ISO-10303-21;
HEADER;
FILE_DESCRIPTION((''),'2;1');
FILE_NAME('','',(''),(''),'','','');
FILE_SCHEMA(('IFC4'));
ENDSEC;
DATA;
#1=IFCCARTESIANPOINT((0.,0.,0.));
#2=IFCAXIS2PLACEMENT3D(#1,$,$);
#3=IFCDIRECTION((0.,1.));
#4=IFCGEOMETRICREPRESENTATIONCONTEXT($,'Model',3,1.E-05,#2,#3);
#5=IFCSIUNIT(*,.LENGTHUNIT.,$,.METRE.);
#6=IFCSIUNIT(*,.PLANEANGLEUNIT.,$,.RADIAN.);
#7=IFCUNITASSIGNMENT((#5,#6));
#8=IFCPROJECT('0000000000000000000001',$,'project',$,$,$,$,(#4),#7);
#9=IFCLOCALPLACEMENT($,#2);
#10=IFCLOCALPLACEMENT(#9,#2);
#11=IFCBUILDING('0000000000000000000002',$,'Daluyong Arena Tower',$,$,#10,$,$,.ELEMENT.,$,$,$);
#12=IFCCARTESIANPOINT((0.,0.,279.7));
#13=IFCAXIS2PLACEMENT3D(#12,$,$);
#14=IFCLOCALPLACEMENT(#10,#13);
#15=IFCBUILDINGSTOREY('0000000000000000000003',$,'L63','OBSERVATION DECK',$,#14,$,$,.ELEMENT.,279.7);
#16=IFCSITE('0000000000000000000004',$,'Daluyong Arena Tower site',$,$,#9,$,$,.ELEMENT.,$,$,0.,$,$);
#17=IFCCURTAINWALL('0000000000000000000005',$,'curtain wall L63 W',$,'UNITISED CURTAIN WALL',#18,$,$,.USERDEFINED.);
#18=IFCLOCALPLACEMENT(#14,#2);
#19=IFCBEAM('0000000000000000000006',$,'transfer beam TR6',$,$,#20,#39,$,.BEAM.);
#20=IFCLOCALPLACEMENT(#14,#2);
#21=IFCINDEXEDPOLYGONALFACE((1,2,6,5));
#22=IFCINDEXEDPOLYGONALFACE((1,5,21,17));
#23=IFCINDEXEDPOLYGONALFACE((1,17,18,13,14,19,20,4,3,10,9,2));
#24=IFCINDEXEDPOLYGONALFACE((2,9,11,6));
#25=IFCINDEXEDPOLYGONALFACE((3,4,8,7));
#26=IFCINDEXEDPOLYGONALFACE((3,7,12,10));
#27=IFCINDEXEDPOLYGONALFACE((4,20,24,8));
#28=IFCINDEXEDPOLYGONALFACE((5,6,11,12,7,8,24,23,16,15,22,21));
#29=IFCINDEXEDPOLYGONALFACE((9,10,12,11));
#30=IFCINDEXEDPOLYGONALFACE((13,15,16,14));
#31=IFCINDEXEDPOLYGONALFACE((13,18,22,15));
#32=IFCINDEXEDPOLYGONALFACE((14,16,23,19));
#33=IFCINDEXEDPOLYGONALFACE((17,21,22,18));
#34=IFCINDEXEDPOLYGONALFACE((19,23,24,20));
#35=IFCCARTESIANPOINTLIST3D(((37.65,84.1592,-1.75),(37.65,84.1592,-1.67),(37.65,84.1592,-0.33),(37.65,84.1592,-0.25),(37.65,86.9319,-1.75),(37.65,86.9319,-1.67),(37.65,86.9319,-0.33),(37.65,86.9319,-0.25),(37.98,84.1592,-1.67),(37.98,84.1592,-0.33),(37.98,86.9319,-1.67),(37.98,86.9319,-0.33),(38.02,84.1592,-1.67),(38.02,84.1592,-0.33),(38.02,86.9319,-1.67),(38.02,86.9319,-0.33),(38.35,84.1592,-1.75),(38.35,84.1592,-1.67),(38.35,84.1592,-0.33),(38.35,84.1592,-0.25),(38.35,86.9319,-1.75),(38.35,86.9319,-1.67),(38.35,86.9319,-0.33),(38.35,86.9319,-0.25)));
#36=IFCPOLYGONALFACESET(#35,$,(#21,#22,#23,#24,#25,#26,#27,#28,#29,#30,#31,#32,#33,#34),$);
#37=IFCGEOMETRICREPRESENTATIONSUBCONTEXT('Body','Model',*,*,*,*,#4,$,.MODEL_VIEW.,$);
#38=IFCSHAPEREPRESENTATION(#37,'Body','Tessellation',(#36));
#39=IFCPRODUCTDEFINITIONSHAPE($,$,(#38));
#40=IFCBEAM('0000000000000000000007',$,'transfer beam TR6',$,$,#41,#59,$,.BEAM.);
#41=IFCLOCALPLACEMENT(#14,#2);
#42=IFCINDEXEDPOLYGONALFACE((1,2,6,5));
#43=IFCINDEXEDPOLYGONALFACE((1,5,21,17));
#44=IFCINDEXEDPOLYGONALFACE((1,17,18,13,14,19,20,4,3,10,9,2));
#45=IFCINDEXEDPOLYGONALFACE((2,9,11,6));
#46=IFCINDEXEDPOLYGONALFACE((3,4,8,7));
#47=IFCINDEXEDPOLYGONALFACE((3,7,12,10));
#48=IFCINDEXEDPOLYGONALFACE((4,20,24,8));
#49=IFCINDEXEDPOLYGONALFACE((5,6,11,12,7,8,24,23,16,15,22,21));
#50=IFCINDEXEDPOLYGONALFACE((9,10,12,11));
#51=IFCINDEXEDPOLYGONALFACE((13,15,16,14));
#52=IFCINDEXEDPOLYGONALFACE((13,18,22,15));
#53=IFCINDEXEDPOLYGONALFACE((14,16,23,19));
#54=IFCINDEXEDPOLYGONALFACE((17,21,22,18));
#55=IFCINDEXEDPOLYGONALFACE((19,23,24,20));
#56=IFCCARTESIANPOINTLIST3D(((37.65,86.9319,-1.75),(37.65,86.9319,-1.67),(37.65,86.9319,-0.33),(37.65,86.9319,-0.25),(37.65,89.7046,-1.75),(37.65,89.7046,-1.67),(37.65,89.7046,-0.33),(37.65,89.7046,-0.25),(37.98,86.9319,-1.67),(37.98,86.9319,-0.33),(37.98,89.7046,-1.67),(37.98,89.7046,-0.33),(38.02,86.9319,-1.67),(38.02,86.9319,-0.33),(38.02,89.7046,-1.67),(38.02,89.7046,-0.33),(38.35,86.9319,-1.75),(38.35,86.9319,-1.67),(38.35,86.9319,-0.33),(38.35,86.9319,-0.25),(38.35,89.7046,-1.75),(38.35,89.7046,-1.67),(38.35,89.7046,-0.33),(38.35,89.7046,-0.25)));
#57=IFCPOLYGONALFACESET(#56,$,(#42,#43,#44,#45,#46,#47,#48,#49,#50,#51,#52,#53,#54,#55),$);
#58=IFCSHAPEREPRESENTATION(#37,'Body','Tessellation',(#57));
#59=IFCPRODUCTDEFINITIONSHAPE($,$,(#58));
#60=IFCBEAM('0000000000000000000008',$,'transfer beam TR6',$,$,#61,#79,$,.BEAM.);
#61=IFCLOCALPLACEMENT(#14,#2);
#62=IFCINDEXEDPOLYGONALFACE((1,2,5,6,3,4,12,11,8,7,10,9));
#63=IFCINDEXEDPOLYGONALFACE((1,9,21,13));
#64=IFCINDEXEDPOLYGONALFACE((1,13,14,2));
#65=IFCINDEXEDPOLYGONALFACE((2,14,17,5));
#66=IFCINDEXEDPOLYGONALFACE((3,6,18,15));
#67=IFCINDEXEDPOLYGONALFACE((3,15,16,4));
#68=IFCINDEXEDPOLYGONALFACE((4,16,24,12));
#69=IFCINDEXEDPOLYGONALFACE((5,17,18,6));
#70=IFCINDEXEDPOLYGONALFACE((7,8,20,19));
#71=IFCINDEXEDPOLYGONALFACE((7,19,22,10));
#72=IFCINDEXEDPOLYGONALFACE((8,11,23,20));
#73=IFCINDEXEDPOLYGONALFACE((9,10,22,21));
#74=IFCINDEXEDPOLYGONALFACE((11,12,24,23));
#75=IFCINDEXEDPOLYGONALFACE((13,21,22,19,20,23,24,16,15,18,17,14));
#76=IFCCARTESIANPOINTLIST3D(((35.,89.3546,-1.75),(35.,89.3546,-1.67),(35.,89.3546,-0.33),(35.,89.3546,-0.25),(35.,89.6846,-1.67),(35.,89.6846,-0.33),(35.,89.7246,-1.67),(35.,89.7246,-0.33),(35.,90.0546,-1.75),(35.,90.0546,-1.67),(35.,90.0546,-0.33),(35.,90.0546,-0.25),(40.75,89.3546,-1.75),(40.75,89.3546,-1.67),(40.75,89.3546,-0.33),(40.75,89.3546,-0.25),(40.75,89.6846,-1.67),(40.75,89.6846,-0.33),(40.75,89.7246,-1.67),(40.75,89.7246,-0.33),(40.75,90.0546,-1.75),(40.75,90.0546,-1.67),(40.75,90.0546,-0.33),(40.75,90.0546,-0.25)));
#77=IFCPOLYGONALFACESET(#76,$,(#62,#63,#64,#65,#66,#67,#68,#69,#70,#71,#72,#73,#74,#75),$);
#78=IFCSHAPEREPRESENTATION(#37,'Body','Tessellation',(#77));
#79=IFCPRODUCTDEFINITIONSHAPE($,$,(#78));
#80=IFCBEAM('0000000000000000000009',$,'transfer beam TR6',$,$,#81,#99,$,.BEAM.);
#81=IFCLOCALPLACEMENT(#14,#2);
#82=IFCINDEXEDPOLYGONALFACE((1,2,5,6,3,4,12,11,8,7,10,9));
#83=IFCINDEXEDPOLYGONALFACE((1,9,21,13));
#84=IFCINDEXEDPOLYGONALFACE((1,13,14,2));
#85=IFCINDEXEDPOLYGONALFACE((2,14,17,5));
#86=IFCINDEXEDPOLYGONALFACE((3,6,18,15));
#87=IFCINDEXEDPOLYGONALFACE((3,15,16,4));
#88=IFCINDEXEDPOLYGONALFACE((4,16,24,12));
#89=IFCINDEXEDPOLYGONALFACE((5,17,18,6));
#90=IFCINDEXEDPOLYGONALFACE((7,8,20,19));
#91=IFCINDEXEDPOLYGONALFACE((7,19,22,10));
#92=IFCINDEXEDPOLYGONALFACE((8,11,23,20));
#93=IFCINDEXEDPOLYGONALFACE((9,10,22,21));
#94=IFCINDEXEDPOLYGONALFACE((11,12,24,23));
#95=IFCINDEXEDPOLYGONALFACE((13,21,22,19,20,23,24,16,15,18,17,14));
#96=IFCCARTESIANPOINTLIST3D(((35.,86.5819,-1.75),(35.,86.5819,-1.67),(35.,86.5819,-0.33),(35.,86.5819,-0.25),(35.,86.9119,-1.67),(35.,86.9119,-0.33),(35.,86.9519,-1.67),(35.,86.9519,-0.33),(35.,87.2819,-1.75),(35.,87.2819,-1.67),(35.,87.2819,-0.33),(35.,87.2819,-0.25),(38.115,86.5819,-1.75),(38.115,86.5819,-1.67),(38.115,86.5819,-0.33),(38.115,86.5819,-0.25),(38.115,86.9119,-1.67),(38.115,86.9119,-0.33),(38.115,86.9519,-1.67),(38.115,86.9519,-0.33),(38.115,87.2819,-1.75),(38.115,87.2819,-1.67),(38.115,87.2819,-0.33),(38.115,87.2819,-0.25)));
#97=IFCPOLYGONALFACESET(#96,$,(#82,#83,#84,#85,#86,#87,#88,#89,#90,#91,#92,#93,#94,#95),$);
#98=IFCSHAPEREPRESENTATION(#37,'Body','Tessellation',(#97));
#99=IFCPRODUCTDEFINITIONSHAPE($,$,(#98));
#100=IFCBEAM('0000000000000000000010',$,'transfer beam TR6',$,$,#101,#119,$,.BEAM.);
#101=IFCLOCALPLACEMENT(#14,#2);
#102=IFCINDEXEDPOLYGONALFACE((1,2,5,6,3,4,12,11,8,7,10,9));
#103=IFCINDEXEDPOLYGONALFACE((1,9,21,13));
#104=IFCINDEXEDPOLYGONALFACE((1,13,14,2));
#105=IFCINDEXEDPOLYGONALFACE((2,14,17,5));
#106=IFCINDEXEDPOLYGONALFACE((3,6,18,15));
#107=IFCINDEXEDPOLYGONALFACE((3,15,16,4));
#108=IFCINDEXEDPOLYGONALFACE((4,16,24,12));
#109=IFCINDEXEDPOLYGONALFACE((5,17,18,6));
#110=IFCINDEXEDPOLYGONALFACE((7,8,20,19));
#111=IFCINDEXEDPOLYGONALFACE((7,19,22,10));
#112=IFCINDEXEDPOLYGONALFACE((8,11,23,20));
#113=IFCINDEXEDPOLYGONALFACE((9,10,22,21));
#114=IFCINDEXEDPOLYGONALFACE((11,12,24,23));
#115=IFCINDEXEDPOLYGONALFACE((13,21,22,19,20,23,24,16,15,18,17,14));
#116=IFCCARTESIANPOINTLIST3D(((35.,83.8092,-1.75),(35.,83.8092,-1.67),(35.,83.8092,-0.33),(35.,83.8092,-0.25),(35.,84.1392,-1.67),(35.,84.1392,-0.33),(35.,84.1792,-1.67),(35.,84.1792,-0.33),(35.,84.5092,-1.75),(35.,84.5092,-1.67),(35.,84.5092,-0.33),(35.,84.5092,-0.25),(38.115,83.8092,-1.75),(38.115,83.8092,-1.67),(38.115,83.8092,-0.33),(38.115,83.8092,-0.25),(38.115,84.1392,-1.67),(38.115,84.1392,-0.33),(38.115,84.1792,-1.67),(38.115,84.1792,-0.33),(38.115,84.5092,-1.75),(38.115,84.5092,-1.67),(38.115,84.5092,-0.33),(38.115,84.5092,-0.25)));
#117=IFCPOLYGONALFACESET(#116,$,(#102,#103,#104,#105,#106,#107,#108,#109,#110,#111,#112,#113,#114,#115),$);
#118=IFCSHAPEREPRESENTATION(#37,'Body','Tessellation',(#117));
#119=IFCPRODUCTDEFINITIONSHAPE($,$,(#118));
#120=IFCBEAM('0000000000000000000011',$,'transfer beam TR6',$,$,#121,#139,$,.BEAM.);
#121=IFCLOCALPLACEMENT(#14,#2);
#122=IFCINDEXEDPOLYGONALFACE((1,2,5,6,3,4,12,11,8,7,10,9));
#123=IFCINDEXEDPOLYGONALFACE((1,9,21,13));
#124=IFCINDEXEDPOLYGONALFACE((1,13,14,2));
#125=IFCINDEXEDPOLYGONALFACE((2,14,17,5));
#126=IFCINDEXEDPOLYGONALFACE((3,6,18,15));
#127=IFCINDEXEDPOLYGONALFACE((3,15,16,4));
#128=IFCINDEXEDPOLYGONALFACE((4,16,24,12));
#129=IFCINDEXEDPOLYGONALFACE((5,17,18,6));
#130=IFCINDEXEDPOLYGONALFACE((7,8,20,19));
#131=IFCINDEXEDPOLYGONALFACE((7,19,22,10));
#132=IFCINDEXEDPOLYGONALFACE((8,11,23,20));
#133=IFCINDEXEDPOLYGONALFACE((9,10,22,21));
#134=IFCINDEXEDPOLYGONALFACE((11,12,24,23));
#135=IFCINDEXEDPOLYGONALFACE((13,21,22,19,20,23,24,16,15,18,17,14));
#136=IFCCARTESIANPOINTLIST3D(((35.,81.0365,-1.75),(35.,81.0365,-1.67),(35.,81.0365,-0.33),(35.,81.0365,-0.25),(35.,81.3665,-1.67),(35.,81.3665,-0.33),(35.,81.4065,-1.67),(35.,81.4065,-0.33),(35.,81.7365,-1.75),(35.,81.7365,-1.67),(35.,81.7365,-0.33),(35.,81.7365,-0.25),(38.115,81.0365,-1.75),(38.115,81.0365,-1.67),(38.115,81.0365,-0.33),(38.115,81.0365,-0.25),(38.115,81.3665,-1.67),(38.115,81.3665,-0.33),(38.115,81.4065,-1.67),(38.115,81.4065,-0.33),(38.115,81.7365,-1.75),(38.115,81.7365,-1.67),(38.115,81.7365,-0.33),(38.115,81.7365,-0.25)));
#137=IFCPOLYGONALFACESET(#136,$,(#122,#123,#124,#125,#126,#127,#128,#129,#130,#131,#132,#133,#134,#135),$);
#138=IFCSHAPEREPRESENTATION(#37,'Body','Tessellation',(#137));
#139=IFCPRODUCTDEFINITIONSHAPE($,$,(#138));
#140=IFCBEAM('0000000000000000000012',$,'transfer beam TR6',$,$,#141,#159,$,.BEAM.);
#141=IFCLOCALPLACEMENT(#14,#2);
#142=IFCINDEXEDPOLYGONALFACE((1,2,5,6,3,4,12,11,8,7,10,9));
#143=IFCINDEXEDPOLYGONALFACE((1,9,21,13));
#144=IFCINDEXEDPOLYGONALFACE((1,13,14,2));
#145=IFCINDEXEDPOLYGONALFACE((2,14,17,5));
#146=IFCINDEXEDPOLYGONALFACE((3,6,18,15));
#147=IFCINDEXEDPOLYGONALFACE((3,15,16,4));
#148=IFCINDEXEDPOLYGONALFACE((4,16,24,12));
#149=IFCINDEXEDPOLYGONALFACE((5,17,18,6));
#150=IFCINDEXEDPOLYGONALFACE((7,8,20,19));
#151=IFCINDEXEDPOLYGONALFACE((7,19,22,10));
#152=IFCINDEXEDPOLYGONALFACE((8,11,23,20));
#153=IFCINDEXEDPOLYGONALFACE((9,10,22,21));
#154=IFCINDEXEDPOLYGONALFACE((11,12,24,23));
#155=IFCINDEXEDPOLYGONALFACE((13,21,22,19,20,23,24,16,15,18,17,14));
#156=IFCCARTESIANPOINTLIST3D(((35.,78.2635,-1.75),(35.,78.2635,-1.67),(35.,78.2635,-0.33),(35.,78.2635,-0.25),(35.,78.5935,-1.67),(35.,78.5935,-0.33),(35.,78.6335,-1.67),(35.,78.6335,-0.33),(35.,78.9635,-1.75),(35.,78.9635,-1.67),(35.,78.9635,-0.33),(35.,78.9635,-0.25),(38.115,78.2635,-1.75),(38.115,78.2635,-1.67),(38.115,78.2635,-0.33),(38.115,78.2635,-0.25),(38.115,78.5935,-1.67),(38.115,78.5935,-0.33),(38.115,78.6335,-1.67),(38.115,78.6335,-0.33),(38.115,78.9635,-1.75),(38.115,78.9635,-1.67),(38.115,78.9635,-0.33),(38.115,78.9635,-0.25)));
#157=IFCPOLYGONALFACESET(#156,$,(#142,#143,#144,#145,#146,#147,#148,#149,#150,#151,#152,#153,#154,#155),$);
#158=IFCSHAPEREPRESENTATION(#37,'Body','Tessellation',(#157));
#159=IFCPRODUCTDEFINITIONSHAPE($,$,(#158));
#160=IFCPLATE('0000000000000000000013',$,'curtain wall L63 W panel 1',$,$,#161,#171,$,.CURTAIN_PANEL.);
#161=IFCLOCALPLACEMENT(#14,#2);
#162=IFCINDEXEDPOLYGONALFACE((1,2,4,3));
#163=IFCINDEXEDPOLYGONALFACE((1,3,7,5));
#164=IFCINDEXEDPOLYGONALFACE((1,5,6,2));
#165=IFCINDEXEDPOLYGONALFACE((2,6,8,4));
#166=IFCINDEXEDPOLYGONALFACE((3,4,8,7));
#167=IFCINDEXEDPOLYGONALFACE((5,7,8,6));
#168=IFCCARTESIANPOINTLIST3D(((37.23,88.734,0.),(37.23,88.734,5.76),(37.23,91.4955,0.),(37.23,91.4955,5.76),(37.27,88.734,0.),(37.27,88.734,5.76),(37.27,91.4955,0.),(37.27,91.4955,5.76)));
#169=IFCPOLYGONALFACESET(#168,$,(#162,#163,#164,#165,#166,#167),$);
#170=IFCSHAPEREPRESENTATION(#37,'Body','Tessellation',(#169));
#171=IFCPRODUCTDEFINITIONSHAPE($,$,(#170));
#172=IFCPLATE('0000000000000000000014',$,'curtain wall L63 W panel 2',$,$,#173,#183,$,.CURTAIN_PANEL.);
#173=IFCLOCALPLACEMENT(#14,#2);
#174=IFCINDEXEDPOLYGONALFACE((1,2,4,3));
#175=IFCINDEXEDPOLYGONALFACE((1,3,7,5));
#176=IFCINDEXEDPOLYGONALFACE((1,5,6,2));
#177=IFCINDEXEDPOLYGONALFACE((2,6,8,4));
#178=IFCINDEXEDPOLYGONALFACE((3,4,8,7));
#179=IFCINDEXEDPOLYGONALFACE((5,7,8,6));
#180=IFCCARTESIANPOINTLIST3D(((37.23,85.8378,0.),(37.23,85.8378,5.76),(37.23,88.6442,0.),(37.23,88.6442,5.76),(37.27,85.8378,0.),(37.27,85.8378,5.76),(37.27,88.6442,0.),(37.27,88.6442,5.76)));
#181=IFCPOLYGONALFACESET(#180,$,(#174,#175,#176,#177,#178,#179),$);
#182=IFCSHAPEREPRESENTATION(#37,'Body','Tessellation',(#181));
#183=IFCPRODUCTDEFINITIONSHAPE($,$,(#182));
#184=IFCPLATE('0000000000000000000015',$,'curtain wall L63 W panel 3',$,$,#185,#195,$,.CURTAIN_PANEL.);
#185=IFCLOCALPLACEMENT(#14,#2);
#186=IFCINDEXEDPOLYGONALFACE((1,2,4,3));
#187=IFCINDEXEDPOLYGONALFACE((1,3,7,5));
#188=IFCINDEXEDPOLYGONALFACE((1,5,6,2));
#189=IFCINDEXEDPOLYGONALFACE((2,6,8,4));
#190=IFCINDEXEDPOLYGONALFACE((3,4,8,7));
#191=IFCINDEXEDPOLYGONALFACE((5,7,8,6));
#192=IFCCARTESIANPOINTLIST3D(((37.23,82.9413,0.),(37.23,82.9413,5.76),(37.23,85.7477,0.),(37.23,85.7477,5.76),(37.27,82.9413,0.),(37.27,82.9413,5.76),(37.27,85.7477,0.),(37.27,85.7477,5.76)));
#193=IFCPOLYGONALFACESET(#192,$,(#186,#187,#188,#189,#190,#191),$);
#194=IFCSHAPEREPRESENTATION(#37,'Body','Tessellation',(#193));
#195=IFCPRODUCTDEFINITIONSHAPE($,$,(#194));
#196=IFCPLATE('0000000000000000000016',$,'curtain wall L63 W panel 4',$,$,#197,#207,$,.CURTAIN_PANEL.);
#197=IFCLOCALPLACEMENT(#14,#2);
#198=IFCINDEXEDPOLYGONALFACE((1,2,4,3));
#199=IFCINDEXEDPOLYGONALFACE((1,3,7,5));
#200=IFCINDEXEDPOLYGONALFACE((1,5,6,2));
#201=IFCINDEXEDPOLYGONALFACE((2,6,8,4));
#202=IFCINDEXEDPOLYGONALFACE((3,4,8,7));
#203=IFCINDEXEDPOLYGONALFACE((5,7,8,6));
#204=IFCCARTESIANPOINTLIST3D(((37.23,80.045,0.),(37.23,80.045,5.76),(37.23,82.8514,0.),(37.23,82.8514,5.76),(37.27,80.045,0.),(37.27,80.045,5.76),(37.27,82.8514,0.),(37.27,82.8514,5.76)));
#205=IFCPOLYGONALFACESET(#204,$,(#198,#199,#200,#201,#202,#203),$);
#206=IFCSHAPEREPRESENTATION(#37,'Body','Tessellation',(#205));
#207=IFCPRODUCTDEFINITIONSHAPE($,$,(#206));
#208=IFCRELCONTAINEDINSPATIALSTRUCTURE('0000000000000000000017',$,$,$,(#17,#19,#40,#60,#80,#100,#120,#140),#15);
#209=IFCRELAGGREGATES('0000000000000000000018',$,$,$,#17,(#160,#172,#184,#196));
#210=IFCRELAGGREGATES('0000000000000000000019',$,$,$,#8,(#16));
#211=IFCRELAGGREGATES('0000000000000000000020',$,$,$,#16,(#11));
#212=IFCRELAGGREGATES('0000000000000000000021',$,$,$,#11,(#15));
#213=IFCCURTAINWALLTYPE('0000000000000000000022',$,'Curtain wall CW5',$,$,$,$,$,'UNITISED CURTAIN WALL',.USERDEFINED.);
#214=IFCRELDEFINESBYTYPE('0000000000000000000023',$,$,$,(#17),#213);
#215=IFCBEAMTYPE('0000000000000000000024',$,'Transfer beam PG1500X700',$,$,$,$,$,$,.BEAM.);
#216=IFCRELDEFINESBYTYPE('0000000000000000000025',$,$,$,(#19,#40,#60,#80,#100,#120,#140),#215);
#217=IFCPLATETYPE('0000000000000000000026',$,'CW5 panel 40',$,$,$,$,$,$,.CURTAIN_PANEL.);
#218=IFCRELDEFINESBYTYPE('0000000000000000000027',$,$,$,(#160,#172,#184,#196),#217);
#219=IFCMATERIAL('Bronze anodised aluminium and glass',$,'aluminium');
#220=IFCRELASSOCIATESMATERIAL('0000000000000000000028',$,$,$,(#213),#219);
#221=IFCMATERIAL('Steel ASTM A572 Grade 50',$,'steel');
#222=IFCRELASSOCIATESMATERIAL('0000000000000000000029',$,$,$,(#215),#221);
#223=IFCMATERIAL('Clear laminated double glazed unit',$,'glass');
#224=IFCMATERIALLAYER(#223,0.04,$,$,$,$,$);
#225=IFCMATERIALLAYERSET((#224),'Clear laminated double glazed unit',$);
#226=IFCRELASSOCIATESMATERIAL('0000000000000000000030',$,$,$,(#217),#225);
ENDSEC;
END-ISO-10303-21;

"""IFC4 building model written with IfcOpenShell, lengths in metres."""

from ifc_helpers import new_model, si_unit, direction, frame, origin, origin_2d, place, context, subcontext, project, spatial, rectangle, i_section, extrude, material, layer, layer_set, material_profile, profile_set, type_object, element, aggregate, save


model = new_model("IFC4")

# Units and contexts
model_context = context("Model", 3, precision=1e-05, world=origin(), true_north=direction((0.0, 1.0)))
body_context = subcontext(model_context, "Body", "Model", "MODEL_VIEW")
ifc_project = project(units=[si_unit("LENGTHUNIT", "METRE"), si_unit("PLANEANGLEUNIT", "RADIAN")], contexts=[model_context])

# Site, building, storey
site_placement = place(None, origin())
site = spatial("IfcSite", under=ifc_project, at=site_placement, Name="Daluyong Arena Tower site", CompositionType="ELEMENT", RefElevation=0.0)
building_placement = place(site_placement, origin())
building = spatial("IfcBuilding", under=site, at=building_placement, Name="Daluyong Arena Tower", CompositionType="ELEMENT")
storey_placement = place(building_placement, frame((0.0, 0.0, 279.7)))
storey = spatial("IfcBuildingStorey", under=building, at=storey_placement, Name="L63", Description="OBSERVATION DECK", CompositionType="ELEMENT", Elevation=279.7)

# Curtain wall
ifc_material_1 = material(Name="Bronze anodised aluminium and glass", Category="aluminium")
curtain_wall_type = type_object("IfcCurtainWallType", Name="Curtain wall CW5", ElementType="UNITISED CURTAIN WALL", PredefinedType="USERDEFINED", material=ifc_material_1)
curtain_wall_placement = place(storey_placement, origin())
curtain_wall = element("IfcCurtainWall", 1, at=curtain_wall_placement, inside=storey, type_object=curtain_wall_type, Name="curtain wall L63 W", ObjectType="UNITISED CURTAIN WALL", PredefinedType="USERDEFINED")

# Beams
ifc_material_2 = material(Name="Steel ASTM A572 Grade 50", Category="steel")
ifc_material_profile_1 = material_profile(ifc_material_2, i_section(OverallWidth=0.7, OverallDepth=1.5, WebThickness=0.04, FlangeThickness=0.08, at=origin_2d()))
ifc_profile_set_1 = profile_set([ifc_material_profile_1], Name="Steel ASTM A572 Grade 50")
beam_type_1 = type_object("IfcBeamType", Name="Transfer beam PG1500X700", PredefinedType="BEAM", material=ifc_profile_set_1)
for number, where, z_axis, x_axis, name in (
    (2, (38.0, 84.1592, -1.0), (0.0, 1.0, 0.0), (-1.0, 0.0, 0.0), "transfer beam TR6"),
    (3, (38.0, 86.9319, -1.0), (0.0, 1.0, 0.0), (-1.0, 0.0, 0.0), "transfer beam TR6"),
):
    element("IfcBeam", number, at=place(storey_placement, frame(where, z_axis=z_axis, x_axis=x_axis)), inside=storey, type_object=beam_type_1, Name=name, PredefinedType="BEAM", context=body_context, shape_type="SweptSolid", body=[
        extrude(i_section(OverallWidth=0.7, OverallDepth=1.5, WebThickness=0.04, FlangeThickness=0.08, at=origin_2d()), origin(), (0.0, 0.0, 1.0), 2.7727),
    ])
beam_1_placement = place(storey_placement, frame((35.0, 89.7046, -1.0), z_axis=(1.0, 0.0, 0.0), x_axis=(0.0, 1.0, 0.0)))
element("IfcBeam", 4, at=beam_1_placement, inside=storey, type_object=beam_type_1, Name="transfer beam TR6", PredefinedType="BEAM", context=body_context, shape_type="SweptSolid", body=[
    extrude(i_section(OverallWidth=0.7, OverallDepth=1.5, WebThickness=0.04, FlangeThickness=0.08, at=origin_2d()), origin(), (0.0, 0.0, 1.0), 5.75),
])
for number, where, z_axis, x_axis, name in (
    (5, (35.0, 86.9319, -1.0), (1.0, 0.0, 0.0), (0.0, 1.0, 0.0), "transfer beam TR6"),
    (6, (35.0, 84.1592, -1.0), (1.0, 0.0, 0.0), (0.0, 1.0, 0.0), "transfer beam TR6"),
    (7, (35.0, 81.3865, -1.0), (1.0, 0.0, 0.0), (0.0, 1.0, 0.0), "transfer beam TR6"),
    (8, (35.0, 78.6135, -1.0), (1.0, 0.0, 0.0), (0.0, 1.0, 0.0), "transfer beam TR6"),
):
    element("IfcBeam", number, at=place(storey_placement, frame(where, z_axis=z_axis, x_axis=x_axis)), inside=storey, type_object=beam_type_1, Name=name, PredefinedType="BEAM", context=body_context, shape_type="SweptSolid", body=[
        extrude(i_section(OverallWidth=0.7, OverallDepth=1.5, WebThickness=0.04, FlangeThickness=0.08, at=origin_2d()), origin(), (0.0, 0.0, 1.0), 3.115),
    ])

# Plates
ifc_material_3 = material(Name="Clear laminated double glazed unit", Category="glass")
ifc_layer = layer(ifc_material_3, 0.04)
ifc_layer_set = layer_set([ifc_layer], Name="Clear laminated double glazed unit")
plate_type = type_object("IfcPlateType", Name="CW5 panel 40", PredefinedType="CURTAIN_PANEL", material=ifc_layer_set)
plate_1_placement = place(storey_placement, frame((37.25, 90.1147, 0.0), z_axis=(0.0, 0.0, 1.0), x_axis=(0.0, -1.0, 0.0)))
plate_1 = element("IfcPlate", 9, at=plate_1_placement, type_object=plate_type, Name="curtain wall L63 W panel 1", PredefinedType="CURTAIN_PANEL", context=body_context, shape_type="SweptSolid", body=[
    extrude(rectangle(XDim=2.7615, YDim=0.04, at=origin_2d()), origin(), (0.0, 0.0, 1.0), 5.76),
])
plate_2_placement = place(storey_placement, frame((37.25, 87.241, 0.0), z_axis=(0.0, 0.0, 1.0), x_axis=(0.0, -1.0, 0.0)))
plate_2 = element("IfcPlate", 10, at=plate_2_placement, type_object=plate_type, Name="curtain wall L63 W panel 2", PredefinedType="CURTAIN_PANEL", context=body_context, shape_type="SweptSolid", body=[
    extrude(rectangle(XDim=2.8064, YDim=0.04, at=origin_2d()), origin(), (0.0, 0.0, 1.0), 5.76),
])
plate_3_placement = place(storey_placement, frame((37.25, 84.3445, 0.0), z_axis=(0.0, 0.0, 1.0), x_axis=(0.0, -1.0, 0.0)))
plate_3 = element("IfcPlate", 11, at=plate_3_placement, type_object=plate_type, Name="curtain wall L63 W panel 3", PredefinedType="CURTAIN_PANEL", context=body_context, shape_type="SweptSolid", body=[
    extrude(rectangle(XDim=2.8064, YDim=0.04, at=origin_2d()), origin(), (0.0, 0.0, 1.0), 5.76),
])
plate_4_placement = place(storey_placement, frame((37.25, 81.4482, 0.0), z_axis=(0.0, 0.0, 1.0), x_axis=(0.0, -1.0, 0.0)))
plate_4 = element("IfcPlate", 12, at=plate_4_placement, type_object=plate_type, Name="curtain wall L63 W panel 4", PredefinedType="CURTAIN_PANEL", context=body_context, shape_type="SweptSolid", body=[
    extrude(rectangle(XDim=2.8064, YDim=0.04, at=origin_2d()), origin(), (0.0, 0.0, 1.0), 5.76),
])
aggregate(curtain_wall, [plate_1, plate_2, plate_3, plate_4])

save(model, "model.ifc")
